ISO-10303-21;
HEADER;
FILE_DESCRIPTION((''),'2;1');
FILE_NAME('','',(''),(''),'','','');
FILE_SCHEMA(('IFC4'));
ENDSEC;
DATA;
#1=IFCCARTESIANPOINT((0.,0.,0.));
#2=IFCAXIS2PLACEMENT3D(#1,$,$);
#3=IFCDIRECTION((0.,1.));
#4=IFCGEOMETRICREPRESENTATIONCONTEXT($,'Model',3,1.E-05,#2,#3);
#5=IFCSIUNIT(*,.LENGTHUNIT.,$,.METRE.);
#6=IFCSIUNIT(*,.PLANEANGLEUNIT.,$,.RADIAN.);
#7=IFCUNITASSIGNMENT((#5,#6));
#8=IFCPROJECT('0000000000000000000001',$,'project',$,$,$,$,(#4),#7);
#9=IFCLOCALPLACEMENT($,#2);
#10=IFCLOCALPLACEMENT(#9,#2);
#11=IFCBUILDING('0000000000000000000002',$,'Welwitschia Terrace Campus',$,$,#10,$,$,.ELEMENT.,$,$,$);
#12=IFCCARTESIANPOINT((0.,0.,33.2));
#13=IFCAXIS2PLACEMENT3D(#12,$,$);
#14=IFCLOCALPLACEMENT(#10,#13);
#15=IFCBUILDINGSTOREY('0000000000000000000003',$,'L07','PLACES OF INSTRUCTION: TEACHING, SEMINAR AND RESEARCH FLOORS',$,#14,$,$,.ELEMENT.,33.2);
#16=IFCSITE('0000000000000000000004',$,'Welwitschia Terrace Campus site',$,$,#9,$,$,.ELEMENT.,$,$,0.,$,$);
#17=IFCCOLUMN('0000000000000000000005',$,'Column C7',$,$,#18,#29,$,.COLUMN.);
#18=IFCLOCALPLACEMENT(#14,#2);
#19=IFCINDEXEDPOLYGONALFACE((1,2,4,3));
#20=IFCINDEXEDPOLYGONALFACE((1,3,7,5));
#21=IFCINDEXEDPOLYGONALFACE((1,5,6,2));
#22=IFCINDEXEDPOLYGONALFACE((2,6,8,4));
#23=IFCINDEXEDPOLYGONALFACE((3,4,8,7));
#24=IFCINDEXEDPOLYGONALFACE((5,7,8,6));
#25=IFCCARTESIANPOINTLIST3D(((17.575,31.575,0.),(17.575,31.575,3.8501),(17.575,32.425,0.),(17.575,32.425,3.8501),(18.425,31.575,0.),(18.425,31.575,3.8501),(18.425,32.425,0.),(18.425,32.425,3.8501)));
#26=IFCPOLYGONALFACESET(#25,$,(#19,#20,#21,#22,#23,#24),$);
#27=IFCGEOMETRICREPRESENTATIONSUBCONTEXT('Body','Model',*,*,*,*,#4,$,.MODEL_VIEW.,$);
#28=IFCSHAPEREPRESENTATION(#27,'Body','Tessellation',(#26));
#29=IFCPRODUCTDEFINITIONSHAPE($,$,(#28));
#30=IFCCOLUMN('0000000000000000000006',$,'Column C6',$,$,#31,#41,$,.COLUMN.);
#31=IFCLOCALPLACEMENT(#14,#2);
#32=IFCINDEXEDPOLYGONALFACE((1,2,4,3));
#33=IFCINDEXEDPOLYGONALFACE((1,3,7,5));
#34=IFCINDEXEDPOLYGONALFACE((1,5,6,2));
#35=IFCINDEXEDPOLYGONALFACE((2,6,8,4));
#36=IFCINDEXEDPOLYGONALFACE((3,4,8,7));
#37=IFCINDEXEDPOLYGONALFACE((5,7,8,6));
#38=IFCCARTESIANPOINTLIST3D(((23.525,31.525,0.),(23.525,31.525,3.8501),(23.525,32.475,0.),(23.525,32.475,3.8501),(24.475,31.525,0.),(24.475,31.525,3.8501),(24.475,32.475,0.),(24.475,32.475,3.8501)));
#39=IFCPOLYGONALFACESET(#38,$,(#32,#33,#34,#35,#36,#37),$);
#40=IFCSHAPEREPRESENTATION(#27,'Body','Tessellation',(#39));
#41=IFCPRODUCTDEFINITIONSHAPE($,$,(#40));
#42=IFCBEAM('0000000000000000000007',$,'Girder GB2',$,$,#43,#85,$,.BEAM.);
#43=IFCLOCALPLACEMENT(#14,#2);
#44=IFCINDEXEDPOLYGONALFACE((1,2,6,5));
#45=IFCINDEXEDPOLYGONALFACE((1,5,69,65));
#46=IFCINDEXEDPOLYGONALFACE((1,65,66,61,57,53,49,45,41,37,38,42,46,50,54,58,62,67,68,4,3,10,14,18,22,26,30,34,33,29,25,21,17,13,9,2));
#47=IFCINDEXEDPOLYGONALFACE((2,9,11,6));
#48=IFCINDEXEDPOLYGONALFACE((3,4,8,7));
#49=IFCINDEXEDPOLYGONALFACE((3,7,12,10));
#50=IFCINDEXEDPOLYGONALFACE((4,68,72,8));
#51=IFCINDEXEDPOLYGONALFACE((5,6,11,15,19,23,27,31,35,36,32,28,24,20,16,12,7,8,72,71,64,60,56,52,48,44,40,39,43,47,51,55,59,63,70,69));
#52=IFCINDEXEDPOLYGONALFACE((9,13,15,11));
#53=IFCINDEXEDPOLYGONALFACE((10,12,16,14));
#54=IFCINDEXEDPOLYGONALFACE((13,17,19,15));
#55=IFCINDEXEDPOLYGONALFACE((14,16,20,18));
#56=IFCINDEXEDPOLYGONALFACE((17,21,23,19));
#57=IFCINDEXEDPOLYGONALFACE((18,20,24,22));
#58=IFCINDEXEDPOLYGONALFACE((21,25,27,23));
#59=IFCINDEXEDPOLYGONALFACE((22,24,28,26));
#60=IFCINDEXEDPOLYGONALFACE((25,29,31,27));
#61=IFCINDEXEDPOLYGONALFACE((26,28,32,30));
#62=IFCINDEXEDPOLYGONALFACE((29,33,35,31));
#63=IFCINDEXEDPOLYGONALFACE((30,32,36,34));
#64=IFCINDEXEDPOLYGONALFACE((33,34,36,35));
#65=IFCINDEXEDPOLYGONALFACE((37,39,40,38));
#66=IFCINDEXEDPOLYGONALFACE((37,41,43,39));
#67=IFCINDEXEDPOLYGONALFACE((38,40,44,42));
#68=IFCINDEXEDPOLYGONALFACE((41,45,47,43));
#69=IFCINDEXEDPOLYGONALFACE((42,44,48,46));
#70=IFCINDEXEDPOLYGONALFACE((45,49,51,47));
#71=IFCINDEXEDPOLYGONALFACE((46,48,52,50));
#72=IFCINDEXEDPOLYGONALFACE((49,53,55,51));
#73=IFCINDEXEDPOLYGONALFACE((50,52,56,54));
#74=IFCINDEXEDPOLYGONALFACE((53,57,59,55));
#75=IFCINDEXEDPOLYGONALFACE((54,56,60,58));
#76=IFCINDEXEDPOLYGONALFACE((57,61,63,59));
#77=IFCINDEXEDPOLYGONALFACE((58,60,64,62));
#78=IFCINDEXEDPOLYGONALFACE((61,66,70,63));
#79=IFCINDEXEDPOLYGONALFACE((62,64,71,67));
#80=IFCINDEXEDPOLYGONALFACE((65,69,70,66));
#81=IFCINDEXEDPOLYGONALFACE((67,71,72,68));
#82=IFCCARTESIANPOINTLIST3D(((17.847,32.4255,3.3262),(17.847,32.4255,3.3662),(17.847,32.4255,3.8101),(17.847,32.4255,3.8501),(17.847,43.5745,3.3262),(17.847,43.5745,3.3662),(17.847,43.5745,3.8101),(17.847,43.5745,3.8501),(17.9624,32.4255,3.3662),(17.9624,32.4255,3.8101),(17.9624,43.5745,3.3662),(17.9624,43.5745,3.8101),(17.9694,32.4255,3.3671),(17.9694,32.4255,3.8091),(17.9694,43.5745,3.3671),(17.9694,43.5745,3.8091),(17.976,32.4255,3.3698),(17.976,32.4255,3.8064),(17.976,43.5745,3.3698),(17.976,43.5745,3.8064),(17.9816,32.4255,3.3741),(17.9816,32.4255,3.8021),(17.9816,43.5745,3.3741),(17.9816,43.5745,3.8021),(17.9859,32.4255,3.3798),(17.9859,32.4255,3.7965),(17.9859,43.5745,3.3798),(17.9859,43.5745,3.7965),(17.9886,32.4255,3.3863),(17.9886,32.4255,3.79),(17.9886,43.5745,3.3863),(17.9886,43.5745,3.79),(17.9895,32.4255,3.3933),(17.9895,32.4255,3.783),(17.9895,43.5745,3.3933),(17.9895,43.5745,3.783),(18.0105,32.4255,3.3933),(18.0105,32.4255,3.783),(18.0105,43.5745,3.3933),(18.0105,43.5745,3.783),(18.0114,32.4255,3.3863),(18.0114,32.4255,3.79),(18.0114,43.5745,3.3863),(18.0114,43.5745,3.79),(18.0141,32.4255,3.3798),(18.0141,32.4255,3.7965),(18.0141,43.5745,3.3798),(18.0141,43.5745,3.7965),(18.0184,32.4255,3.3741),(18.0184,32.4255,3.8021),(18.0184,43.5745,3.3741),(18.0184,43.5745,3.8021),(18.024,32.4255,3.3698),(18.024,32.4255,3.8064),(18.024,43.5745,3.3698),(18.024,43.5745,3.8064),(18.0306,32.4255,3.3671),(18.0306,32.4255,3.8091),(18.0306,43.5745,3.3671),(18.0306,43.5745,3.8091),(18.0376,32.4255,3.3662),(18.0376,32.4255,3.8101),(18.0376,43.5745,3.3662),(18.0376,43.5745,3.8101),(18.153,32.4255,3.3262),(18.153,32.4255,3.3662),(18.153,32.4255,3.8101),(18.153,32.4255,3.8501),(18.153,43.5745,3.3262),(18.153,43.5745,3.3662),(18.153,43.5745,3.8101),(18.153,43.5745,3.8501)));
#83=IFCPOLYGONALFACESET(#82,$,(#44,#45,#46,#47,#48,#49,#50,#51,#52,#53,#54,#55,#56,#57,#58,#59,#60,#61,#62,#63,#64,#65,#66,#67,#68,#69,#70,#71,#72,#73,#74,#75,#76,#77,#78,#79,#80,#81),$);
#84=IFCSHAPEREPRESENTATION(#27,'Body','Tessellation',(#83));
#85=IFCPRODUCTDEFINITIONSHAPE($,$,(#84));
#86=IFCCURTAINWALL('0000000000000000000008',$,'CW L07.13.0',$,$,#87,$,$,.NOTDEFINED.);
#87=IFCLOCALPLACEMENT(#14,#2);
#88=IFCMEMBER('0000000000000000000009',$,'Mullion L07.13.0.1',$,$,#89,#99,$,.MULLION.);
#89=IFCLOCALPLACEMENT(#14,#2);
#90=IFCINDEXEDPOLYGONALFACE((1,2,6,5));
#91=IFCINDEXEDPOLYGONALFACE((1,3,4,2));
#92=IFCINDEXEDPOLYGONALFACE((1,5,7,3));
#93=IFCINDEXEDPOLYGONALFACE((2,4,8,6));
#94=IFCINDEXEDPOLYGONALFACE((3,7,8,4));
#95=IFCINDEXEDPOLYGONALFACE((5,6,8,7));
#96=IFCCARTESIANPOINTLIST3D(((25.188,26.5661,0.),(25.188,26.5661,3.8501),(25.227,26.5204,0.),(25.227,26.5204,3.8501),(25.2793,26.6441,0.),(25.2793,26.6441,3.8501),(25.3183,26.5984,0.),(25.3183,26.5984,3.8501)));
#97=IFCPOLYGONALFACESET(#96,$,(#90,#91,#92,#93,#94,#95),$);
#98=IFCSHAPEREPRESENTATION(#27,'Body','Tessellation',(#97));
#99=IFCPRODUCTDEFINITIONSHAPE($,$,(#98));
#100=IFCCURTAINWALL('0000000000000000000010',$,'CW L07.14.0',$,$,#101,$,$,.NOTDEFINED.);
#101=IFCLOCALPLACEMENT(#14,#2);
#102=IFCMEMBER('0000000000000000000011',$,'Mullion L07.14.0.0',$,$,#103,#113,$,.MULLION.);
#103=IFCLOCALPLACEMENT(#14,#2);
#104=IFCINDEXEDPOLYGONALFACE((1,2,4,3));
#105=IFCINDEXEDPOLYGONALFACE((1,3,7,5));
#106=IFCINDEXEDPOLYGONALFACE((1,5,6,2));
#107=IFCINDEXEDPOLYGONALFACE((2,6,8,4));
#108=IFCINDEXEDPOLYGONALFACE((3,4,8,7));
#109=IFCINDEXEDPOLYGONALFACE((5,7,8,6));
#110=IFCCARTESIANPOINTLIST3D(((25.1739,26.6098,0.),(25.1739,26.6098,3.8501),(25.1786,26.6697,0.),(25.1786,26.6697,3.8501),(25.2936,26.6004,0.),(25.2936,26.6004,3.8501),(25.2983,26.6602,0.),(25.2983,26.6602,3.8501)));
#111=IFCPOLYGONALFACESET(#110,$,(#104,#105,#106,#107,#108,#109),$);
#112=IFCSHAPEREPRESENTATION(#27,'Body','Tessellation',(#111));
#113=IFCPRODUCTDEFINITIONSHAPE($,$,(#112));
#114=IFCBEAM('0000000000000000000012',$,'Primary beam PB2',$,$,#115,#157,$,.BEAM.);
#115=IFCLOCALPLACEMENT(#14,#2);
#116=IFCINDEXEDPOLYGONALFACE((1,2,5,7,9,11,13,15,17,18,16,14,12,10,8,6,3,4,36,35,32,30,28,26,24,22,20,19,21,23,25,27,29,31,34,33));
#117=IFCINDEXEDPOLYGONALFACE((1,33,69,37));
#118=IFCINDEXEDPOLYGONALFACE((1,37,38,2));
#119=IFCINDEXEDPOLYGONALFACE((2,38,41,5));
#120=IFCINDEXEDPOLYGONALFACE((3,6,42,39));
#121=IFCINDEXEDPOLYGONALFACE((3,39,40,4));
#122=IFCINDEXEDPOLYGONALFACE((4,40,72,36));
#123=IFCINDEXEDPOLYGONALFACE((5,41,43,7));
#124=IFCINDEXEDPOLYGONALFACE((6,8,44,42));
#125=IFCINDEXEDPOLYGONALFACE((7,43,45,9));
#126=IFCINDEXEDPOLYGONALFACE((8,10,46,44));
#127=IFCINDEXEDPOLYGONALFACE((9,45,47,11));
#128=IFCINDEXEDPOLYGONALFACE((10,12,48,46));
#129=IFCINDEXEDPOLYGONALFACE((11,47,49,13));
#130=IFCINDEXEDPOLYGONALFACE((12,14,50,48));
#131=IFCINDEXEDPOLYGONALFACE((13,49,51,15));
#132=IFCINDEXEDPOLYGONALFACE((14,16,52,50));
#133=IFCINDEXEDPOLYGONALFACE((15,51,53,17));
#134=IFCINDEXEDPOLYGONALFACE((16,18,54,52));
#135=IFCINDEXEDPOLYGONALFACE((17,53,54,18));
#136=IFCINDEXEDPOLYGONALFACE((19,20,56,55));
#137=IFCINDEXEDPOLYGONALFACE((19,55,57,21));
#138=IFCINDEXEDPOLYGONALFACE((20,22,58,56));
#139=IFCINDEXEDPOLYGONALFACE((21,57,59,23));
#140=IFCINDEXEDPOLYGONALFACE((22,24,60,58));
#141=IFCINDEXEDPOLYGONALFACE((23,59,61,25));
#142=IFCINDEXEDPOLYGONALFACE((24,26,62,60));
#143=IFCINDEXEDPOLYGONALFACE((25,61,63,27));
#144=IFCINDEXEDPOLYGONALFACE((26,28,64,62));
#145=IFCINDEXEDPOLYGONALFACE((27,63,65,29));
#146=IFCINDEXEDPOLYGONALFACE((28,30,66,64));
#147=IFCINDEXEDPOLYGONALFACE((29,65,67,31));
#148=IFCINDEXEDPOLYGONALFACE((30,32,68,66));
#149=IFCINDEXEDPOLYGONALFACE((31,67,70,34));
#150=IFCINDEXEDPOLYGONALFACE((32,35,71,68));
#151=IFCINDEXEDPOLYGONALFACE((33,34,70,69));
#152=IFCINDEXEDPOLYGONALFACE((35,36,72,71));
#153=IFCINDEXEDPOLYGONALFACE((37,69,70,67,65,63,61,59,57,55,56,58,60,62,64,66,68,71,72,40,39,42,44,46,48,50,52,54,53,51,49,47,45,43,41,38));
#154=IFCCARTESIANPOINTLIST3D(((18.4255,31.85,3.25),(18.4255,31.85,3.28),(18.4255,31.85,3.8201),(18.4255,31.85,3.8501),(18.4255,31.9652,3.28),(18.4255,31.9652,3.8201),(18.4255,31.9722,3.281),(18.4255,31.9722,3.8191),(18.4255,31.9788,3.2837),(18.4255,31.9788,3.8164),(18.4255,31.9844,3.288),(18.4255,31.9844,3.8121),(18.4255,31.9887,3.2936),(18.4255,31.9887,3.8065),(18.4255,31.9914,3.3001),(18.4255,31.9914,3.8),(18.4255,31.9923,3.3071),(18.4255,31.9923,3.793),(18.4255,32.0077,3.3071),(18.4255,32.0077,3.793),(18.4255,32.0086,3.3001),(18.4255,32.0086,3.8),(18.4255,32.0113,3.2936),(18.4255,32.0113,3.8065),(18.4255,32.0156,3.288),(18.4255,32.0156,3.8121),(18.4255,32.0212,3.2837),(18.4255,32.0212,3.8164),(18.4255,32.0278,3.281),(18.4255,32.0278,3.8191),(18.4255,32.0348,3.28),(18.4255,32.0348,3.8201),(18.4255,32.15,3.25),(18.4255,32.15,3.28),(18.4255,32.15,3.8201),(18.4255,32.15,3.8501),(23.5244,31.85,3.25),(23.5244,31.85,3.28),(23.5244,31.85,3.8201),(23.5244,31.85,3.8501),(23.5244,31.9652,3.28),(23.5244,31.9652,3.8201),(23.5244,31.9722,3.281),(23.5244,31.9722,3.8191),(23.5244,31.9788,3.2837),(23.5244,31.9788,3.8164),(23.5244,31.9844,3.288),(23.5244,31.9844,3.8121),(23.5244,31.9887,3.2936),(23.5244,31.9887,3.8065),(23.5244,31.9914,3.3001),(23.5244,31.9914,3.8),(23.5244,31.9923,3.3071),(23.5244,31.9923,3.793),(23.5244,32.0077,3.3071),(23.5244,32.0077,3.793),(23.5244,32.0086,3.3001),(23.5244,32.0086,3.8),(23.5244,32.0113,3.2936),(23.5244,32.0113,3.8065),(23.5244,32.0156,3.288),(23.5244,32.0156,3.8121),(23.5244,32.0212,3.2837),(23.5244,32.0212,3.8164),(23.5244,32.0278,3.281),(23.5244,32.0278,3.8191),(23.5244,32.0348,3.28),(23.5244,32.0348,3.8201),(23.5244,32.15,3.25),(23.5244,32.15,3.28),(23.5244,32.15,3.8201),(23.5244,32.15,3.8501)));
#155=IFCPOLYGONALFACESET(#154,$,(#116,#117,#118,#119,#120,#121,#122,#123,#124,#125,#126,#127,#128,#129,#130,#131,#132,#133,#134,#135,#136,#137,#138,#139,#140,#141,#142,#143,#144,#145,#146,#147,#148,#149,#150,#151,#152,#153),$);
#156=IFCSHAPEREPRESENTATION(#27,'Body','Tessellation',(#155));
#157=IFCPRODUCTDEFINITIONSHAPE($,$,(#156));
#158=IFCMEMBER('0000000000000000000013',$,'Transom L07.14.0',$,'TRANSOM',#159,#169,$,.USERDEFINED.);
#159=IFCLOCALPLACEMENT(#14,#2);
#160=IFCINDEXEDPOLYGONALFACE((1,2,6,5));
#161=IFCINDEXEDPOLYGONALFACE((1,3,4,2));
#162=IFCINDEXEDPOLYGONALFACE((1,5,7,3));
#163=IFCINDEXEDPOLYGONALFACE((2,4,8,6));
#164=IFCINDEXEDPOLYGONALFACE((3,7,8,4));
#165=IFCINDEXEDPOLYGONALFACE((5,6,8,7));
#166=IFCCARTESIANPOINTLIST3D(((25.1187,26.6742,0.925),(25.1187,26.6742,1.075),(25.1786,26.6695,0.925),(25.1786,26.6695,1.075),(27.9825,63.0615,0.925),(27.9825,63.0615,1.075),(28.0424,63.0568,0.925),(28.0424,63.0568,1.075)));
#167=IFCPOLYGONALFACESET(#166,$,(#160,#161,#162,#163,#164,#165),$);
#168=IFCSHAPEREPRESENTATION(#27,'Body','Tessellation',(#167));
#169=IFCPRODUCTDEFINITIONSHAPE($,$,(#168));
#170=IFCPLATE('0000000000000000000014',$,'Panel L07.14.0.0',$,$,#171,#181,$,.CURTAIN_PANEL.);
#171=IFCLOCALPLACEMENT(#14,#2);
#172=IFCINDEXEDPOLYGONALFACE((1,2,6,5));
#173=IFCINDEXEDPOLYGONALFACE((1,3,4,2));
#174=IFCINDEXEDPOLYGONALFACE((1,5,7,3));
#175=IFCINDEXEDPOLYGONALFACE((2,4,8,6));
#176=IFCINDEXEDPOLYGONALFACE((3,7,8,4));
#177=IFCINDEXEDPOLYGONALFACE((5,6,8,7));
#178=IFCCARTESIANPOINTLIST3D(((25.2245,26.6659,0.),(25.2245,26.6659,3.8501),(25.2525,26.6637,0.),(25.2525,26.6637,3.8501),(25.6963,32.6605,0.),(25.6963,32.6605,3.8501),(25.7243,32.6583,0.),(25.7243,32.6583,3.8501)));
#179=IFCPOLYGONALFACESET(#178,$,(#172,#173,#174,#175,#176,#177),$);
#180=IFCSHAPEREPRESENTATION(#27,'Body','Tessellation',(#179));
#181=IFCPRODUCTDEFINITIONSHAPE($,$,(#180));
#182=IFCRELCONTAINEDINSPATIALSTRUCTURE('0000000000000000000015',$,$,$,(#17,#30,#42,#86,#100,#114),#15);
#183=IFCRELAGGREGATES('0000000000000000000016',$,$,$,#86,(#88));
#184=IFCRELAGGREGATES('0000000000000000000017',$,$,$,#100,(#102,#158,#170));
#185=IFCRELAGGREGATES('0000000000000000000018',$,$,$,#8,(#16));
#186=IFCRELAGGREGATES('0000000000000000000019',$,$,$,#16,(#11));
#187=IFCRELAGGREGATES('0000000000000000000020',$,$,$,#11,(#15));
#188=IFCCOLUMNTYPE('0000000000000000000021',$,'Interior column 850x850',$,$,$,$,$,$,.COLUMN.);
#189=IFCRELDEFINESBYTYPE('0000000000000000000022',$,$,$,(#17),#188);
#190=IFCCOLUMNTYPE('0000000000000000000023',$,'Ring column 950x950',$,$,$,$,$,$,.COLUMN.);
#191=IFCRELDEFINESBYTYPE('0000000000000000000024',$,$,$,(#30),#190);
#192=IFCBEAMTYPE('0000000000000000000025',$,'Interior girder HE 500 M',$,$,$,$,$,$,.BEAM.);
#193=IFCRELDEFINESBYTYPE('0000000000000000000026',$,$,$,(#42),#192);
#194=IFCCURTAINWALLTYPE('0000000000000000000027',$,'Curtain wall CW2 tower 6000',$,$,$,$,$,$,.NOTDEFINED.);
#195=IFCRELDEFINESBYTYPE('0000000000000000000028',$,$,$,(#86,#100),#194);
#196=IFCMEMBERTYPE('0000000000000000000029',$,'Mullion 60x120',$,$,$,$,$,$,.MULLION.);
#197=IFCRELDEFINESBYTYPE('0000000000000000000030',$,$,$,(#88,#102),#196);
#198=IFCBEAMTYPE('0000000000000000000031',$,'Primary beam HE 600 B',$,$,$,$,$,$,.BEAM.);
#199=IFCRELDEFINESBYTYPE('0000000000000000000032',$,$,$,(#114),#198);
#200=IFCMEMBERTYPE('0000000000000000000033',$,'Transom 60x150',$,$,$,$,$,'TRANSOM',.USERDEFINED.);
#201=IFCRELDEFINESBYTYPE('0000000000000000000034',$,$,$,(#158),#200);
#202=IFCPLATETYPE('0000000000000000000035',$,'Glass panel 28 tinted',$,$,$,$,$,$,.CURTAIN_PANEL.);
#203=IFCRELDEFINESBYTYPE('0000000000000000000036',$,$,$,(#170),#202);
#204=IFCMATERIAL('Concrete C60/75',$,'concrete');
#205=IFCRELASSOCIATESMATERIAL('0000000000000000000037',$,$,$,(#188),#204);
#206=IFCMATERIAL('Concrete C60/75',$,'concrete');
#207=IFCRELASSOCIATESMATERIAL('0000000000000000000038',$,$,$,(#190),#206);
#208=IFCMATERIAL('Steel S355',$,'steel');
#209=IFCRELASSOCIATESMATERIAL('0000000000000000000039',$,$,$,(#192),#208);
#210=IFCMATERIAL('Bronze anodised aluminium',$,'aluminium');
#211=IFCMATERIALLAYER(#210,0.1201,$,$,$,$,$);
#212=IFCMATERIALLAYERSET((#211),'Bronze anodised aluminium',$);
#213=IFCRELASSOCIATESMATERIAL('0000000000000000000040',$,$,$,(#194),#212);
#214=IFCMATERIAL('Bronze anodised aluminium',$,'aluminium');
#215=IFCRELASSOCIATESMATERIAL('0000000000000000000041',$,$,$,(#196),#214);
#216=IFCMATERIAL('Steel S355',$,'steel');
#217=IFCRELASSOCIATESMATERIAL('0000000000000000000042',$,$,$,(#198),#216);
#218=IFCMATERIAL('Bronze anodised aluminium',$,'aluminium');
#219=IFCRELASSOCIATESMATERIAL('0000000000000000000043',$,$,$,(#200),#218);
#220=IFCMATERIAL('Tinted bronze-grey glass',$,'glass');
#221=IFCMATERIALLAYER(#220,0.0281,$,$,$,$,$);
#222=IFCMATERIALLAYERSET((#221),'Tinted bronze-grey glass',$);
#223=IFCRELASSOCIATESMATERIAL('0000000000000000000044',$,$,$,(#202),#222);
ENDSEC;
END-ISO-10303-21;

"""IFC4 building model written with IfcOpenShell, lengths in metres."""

from ifc_helpers import new_model, si_unit, direction, frame, origin, origin_2d, place, context, subcontext, project, spatial, rectangle, i_section, extrude, material, layer, layer_set, material_profile, profile_set, type_object, element, aggregate, save


model = new_model("IFC4")

# Units and contexts
model_context = context("Model", 3, precision=1e-05, world=origin(), true_north=direction((0.0, 1.0)))
body_context = subcontext(model_context, "Body", "Model", "MODEL_VIEW")
ifc_project = project(units=[si_unit("LENGTHUNIT", "METRE"), si_unit("PLANEANGLEUNIT", "RADIAN")], contexts=[model_context])

# Site, building, storey
site_placement = place(None, origin())
site = spatial("IfcSite", under=ifc_project, at=site_placement, Name="Welwitschia Terrace Campus site", CompositionType="ELEMENT", RefElevation=0.0)
building_placement = place(site_placement, origin())
building = spatial("IfcBuilding", under=site, at=building_placement, Name="Welwitschia Terrace Campus", CompositionType="ELEMENT")
storey_placement = place(building_placement, frame((0.0, 0.0, 33.2)))
storey = spatial("IfcBuildingStorey", under=building, at=storey_placement, Name="L07", Description="PLACES OF INSTRUCTION: TEACHING, SEMINAR AND RESEARCH FLOORS", CompositionType="ELEMENT", Elevation=33.2)

# Columns
ifc_material_1 = material(Name="Concrete C60/75", Category="concrete")
ifc_material_profile_1 = material_profile(ifc_material_1, rectangle(XDim=0.8501, YDim=0.8501, at=origin_2d()))
ifc_profile_set_1 = profile_set([ifc_material_profile_1], Name="Concrete C60/75")
column_type_1 = type_object("IfcColumnType", Name="Interior column 850x850", PredefinedType="COLUMN", material=ifc_profile_set_1)
column_1_placement = place(storey_placement, frame((18.0, 32.0, 0.0), z_axis=(0.0, 0.0, 1.0), x_axis=(1.0, 0.0, 0.0)))
element("IfcColumn", 1, at=column_1_placement, inside=storey, type_object=column_type_1, Name="Column C7", PredefinedType="COLUMN", context=body_context, shape_type="SweptSolid", body=[
    extrude(rectangle(XDim=0.8501, YDim=0.8501, at=origin_2d()), origin(), (0.0, 0.0, 1.0), 3.8501),
])
ifc_material_2 = material(Name="Concrete C60/75", Category="concrete")
ifc_material_profile_2 = material_profile(ifc_material_2, rectangle(XDim=0.95, YDim=0.95, at=origin_2d()))
ifc_profile_set_2 = profile_set([ifc_material_profile_2], Name="Concrete C60/75")
column_type_2 = type_object("IfcColumnType", Name="Ring column 950x950", PredefinedType="COLUMN", material=ifc_profile_set_2)
column_2_placement = place(storey_placement, frame((24.0, 32.0, 0.0), z_axis=(0.0, 0.0, 1.0), x_axis=(1.0, 0.0, 0.0)))
element("IfcColumn", 2, at=column_2_placement, inside=storey, type_object=column_type_2, Name="Column C6", PredefinedType="COLUMN", context=body_context, shape_type="SweptSolid", body=[
    extrude(rectangle(XDim=0.95, YDim=0.95, at=origin_2d()), origin(), (0.0, 0.0, 1.0), 3.8501),
])

# Beam
ifc_material_3 = material(Name="Steel S355", Category="steel")
ifc_material_profile_3 = material_profile(ifc_material_3, i_section(OverallWidth=0.3059, OverallDepth=0.5239, WebThickness=0.021, FlangeThickness=0.04, FilletRadius=0.0271, at=origin_2d()))
ifc_profile_set_3 = profile_set([ifc_material_profile_3], Name="Steel S355")
beam_type_1 = type_object("IfcBeamType", Name="Interior girder HE 500 M", PredefinedType="BEAM", material=ifc_profile_set_3)
beam_1_placement = place(storey_placement, frame((18.0, 32.4255, 3.5881), z_axis=(0.0, 1.0, 0.0), x_axis=(-1.0, 0.0, 0.0)))
element("IfcBeam", 3, at=beam_1_placement, inside=storey, type_object=beam_type_1, Name="Girder GB2", PredefinedType="BEAM", context=body_context, shape_type="SweptSolid", body=[
    extrude(i_section(OverallWidth=0.3059, OverallDepth=0.5239, WebThickness=0.021, FlangeThickness=0.04, FilletRadius=0.0271, at=origin_2d()), origin(), (0.0, 0.0, 1.0), 11.1489),
])

# Curtain walls, members
ifc_material_4 = material(Name="Bronze anodised aluminium", Category="aluminium")
ifc_layer_1 = layer(ifc_material_4, 0.1201)
ifc_layer_set_1 = layer_set([ifc_layer_1], Name="Bronze anodised aluminium")
curtain_wall_type = type_object("IfcCurtainWallType", Name="Curtain wall CW2 tower 6000", PredefinedType="NOTDEFINED", material=ifc_layer_set_1)
curtain_wall_1_placement = place(storey_placement, origin())
curtain_wall_1 = element("IfcCurtainWall", 4, at=curtain_wall_1_placement, inside=storey, type_object=curtain_wall_type, Name="CW L07.13.0", PredefinedType="NOTDEFINED")
ifc_material_5 = material(Name="Bronze anodised aluminium", Category="aluminium")
ifc_material_profile_4 = material_profile(ifc_material_5, rectangle(XDim=0.1201, YDim=0.0601, at=origin_2d()))
ifc_profile_set_4 = profile_set([ifc_material_profile_4], Name="Bronze anodised aluminium")
member_type_1 = type_object("IfcMemberType", Name="Mullion 60x120", PredefinedType="MULLION", material=ifc_profile_set_4)
member_1_placement = place(storey_placement, frame((25.2532, 26.5823, 0.0), z_axis=(0.0, 0.0, 1.0), x_axis=(-0.760406, -0.649448, 0.0)))
member_1 = element("IfcMember", 5, at=member_1_placement, type_object=member_type_1, Name="Mullion L07.13.0.1", PredefinedType="MULLION", context=body_context, shape_type="SweptSolid", body=[
    extrude(rectangle(XDim=0.1201, YDim=0.0601, at=origin_2d()), origin(), (0.0, 0.0, 1.0), 3.8501),
])
aggregate(curtain_wall_1, [member_1])
curtain_wall_2_placement = place(storey_placement, origin())
curtain_wall_2 = element("IfcCurtainWall", 6, at=curtain_wall_2_placement, inside=storey, type_object=curtain_wall_type, Name="CW L07.14.0", PredefinedType="NOTDEFINED")
member_2_placement = place(storey_placement, frame((25.2361, 26.635, 0.0), z_axis=(0.0, 0.0, 1.0), x_axis=(-0.996917, 0.078459, 0.0)))
member_2 = element("IfcMember", 7, at=member_2_placement, type_object=member_type_1, Name="Mullion L07.14.0.0", PredefinedType="MULLION", context=body_context, shape_type="SweptSolid", body=[
    extrude(rectangle(XDim=0.1201, YDim=0.0601, at=origin_2d()), origin(), (0.0, 0.0, 1.0), 3.8501),
])

# Beam
ifc_material_6 = material(Name="Steel S355", Category="steel")
ifc_material_profile_5 = material_profile(ifc_material_6, i_section(OverallWidth=0.3, OverallDepth=0.6001, WebThickness=0.0154, FlangeThickness=0.03, FilletRadius=0.0271, at=origin_2d()))
ifc_profile_set_5 = profile_set([ifc_material_profile_5], Name="Steel S355")
beam_type_2 = type_object("IfcBeamType", Name="Primary beam HE 600 B", PredefinedType="BEAM", material=ifc_profile_set_5)
beam_2_placement = place(storey_placement, frame((23.5244, 32.0, 3.55), z_axis=(-1.0, 0.0, 0.0), x_axis=(0.0, -1.0, 0.0)))
element("IfcBeam", 8, at=beam_2_placement, inside=storey, type_object=beam_type_2, Name="Primary beam PB2", PredefinedType="BEAM", context=body_context, shape_type="SweptSolid", body=[
    extrude(i_section(OverallWidth=0.3, OverallDepth=0.6001, WebThickness=0.0154, FlangeThickness=0.03, FilletRadius=0.0271, at=origin_2d()), origin(), (0.0, 0.0, 1.0), 5.0989),
])

# Member
ifc_material_7 = material(Name="Bronze anodised aluminium", Category="aluminium")
ifc_material_profile_6 = material_profile(ifc_material_7, rectangle(XDim=0.0601, YDim=0.1499, at=origin_2d()))
ifc_profile_set_6 = profile_set([ifc_material_profile_6], Name="Bronze anodised aluminium")
member_type_2 = type_object("IfcMemberType", Name="Transom 60x150", ElementType="TRANSOM", PredefinedType="USERDEFINED", material=ifc_profile_set_6)
member_3_placement = place(storey_placement, frame((25.1487, 26.6719, 1.0), z_axis=(0.07846, 0.996917, 0.0), x_axis=(-0.996917, 0.07846, 0.0)))
member_3 = element("IfcMember", 9, at=member_3_placement, type_object=member_type_2, Name="Transom L07.14.0", ObjectType="TRANSOM", PredefinedType="USERDEFINED", context=body_context, shape_type="SweptSolid", body=[
    extrude(rectangle(XDim=0.0601, YDim=0.1499, at=origin_2d()), origin(), (0.0, 0.0, 1.0), 36.4998),
])

# Plate
ifc_material_8 = material(Name="Tinted bronze-grey glass", Category="glass")
ifc_layer_2 = layer(ifc_material_8, 0.0281)
ifc_layer_set_2 = layer_set([ifc_layer_2], Name="Tinted bronze-grey glass")
plate_type = type_object("IfcPlateType", Name="Glass panel 28 tinted", PredefinedType="CURTAIN_PANEL", material=ifc_layer_set_2)
plate_placement = place(storey_placement, frame((25.4744, 29.6621, 0.0), z_axis=(0.0, 0.0, 1.0), x_axis=(0.078459, 0.996917, 0.0)))
plate = element("IfcPlate", 10, at=plate_placement, type_object=plate_type, Name="Panel L07.14.0.0", PredefinedType="CURTAIN_PANEL", context=body_context, shape_type="SweptSolid", body=[
    extrude(rectangle(XDim=6.0132, YDim=0.0281, at=origin_2d()), origin(), (0.0, 0.0, 1.0), 3.8501),
])
aggregate(curtain_wall_2, [member_2, member_3, plate])

save(model, "model.ifc")
